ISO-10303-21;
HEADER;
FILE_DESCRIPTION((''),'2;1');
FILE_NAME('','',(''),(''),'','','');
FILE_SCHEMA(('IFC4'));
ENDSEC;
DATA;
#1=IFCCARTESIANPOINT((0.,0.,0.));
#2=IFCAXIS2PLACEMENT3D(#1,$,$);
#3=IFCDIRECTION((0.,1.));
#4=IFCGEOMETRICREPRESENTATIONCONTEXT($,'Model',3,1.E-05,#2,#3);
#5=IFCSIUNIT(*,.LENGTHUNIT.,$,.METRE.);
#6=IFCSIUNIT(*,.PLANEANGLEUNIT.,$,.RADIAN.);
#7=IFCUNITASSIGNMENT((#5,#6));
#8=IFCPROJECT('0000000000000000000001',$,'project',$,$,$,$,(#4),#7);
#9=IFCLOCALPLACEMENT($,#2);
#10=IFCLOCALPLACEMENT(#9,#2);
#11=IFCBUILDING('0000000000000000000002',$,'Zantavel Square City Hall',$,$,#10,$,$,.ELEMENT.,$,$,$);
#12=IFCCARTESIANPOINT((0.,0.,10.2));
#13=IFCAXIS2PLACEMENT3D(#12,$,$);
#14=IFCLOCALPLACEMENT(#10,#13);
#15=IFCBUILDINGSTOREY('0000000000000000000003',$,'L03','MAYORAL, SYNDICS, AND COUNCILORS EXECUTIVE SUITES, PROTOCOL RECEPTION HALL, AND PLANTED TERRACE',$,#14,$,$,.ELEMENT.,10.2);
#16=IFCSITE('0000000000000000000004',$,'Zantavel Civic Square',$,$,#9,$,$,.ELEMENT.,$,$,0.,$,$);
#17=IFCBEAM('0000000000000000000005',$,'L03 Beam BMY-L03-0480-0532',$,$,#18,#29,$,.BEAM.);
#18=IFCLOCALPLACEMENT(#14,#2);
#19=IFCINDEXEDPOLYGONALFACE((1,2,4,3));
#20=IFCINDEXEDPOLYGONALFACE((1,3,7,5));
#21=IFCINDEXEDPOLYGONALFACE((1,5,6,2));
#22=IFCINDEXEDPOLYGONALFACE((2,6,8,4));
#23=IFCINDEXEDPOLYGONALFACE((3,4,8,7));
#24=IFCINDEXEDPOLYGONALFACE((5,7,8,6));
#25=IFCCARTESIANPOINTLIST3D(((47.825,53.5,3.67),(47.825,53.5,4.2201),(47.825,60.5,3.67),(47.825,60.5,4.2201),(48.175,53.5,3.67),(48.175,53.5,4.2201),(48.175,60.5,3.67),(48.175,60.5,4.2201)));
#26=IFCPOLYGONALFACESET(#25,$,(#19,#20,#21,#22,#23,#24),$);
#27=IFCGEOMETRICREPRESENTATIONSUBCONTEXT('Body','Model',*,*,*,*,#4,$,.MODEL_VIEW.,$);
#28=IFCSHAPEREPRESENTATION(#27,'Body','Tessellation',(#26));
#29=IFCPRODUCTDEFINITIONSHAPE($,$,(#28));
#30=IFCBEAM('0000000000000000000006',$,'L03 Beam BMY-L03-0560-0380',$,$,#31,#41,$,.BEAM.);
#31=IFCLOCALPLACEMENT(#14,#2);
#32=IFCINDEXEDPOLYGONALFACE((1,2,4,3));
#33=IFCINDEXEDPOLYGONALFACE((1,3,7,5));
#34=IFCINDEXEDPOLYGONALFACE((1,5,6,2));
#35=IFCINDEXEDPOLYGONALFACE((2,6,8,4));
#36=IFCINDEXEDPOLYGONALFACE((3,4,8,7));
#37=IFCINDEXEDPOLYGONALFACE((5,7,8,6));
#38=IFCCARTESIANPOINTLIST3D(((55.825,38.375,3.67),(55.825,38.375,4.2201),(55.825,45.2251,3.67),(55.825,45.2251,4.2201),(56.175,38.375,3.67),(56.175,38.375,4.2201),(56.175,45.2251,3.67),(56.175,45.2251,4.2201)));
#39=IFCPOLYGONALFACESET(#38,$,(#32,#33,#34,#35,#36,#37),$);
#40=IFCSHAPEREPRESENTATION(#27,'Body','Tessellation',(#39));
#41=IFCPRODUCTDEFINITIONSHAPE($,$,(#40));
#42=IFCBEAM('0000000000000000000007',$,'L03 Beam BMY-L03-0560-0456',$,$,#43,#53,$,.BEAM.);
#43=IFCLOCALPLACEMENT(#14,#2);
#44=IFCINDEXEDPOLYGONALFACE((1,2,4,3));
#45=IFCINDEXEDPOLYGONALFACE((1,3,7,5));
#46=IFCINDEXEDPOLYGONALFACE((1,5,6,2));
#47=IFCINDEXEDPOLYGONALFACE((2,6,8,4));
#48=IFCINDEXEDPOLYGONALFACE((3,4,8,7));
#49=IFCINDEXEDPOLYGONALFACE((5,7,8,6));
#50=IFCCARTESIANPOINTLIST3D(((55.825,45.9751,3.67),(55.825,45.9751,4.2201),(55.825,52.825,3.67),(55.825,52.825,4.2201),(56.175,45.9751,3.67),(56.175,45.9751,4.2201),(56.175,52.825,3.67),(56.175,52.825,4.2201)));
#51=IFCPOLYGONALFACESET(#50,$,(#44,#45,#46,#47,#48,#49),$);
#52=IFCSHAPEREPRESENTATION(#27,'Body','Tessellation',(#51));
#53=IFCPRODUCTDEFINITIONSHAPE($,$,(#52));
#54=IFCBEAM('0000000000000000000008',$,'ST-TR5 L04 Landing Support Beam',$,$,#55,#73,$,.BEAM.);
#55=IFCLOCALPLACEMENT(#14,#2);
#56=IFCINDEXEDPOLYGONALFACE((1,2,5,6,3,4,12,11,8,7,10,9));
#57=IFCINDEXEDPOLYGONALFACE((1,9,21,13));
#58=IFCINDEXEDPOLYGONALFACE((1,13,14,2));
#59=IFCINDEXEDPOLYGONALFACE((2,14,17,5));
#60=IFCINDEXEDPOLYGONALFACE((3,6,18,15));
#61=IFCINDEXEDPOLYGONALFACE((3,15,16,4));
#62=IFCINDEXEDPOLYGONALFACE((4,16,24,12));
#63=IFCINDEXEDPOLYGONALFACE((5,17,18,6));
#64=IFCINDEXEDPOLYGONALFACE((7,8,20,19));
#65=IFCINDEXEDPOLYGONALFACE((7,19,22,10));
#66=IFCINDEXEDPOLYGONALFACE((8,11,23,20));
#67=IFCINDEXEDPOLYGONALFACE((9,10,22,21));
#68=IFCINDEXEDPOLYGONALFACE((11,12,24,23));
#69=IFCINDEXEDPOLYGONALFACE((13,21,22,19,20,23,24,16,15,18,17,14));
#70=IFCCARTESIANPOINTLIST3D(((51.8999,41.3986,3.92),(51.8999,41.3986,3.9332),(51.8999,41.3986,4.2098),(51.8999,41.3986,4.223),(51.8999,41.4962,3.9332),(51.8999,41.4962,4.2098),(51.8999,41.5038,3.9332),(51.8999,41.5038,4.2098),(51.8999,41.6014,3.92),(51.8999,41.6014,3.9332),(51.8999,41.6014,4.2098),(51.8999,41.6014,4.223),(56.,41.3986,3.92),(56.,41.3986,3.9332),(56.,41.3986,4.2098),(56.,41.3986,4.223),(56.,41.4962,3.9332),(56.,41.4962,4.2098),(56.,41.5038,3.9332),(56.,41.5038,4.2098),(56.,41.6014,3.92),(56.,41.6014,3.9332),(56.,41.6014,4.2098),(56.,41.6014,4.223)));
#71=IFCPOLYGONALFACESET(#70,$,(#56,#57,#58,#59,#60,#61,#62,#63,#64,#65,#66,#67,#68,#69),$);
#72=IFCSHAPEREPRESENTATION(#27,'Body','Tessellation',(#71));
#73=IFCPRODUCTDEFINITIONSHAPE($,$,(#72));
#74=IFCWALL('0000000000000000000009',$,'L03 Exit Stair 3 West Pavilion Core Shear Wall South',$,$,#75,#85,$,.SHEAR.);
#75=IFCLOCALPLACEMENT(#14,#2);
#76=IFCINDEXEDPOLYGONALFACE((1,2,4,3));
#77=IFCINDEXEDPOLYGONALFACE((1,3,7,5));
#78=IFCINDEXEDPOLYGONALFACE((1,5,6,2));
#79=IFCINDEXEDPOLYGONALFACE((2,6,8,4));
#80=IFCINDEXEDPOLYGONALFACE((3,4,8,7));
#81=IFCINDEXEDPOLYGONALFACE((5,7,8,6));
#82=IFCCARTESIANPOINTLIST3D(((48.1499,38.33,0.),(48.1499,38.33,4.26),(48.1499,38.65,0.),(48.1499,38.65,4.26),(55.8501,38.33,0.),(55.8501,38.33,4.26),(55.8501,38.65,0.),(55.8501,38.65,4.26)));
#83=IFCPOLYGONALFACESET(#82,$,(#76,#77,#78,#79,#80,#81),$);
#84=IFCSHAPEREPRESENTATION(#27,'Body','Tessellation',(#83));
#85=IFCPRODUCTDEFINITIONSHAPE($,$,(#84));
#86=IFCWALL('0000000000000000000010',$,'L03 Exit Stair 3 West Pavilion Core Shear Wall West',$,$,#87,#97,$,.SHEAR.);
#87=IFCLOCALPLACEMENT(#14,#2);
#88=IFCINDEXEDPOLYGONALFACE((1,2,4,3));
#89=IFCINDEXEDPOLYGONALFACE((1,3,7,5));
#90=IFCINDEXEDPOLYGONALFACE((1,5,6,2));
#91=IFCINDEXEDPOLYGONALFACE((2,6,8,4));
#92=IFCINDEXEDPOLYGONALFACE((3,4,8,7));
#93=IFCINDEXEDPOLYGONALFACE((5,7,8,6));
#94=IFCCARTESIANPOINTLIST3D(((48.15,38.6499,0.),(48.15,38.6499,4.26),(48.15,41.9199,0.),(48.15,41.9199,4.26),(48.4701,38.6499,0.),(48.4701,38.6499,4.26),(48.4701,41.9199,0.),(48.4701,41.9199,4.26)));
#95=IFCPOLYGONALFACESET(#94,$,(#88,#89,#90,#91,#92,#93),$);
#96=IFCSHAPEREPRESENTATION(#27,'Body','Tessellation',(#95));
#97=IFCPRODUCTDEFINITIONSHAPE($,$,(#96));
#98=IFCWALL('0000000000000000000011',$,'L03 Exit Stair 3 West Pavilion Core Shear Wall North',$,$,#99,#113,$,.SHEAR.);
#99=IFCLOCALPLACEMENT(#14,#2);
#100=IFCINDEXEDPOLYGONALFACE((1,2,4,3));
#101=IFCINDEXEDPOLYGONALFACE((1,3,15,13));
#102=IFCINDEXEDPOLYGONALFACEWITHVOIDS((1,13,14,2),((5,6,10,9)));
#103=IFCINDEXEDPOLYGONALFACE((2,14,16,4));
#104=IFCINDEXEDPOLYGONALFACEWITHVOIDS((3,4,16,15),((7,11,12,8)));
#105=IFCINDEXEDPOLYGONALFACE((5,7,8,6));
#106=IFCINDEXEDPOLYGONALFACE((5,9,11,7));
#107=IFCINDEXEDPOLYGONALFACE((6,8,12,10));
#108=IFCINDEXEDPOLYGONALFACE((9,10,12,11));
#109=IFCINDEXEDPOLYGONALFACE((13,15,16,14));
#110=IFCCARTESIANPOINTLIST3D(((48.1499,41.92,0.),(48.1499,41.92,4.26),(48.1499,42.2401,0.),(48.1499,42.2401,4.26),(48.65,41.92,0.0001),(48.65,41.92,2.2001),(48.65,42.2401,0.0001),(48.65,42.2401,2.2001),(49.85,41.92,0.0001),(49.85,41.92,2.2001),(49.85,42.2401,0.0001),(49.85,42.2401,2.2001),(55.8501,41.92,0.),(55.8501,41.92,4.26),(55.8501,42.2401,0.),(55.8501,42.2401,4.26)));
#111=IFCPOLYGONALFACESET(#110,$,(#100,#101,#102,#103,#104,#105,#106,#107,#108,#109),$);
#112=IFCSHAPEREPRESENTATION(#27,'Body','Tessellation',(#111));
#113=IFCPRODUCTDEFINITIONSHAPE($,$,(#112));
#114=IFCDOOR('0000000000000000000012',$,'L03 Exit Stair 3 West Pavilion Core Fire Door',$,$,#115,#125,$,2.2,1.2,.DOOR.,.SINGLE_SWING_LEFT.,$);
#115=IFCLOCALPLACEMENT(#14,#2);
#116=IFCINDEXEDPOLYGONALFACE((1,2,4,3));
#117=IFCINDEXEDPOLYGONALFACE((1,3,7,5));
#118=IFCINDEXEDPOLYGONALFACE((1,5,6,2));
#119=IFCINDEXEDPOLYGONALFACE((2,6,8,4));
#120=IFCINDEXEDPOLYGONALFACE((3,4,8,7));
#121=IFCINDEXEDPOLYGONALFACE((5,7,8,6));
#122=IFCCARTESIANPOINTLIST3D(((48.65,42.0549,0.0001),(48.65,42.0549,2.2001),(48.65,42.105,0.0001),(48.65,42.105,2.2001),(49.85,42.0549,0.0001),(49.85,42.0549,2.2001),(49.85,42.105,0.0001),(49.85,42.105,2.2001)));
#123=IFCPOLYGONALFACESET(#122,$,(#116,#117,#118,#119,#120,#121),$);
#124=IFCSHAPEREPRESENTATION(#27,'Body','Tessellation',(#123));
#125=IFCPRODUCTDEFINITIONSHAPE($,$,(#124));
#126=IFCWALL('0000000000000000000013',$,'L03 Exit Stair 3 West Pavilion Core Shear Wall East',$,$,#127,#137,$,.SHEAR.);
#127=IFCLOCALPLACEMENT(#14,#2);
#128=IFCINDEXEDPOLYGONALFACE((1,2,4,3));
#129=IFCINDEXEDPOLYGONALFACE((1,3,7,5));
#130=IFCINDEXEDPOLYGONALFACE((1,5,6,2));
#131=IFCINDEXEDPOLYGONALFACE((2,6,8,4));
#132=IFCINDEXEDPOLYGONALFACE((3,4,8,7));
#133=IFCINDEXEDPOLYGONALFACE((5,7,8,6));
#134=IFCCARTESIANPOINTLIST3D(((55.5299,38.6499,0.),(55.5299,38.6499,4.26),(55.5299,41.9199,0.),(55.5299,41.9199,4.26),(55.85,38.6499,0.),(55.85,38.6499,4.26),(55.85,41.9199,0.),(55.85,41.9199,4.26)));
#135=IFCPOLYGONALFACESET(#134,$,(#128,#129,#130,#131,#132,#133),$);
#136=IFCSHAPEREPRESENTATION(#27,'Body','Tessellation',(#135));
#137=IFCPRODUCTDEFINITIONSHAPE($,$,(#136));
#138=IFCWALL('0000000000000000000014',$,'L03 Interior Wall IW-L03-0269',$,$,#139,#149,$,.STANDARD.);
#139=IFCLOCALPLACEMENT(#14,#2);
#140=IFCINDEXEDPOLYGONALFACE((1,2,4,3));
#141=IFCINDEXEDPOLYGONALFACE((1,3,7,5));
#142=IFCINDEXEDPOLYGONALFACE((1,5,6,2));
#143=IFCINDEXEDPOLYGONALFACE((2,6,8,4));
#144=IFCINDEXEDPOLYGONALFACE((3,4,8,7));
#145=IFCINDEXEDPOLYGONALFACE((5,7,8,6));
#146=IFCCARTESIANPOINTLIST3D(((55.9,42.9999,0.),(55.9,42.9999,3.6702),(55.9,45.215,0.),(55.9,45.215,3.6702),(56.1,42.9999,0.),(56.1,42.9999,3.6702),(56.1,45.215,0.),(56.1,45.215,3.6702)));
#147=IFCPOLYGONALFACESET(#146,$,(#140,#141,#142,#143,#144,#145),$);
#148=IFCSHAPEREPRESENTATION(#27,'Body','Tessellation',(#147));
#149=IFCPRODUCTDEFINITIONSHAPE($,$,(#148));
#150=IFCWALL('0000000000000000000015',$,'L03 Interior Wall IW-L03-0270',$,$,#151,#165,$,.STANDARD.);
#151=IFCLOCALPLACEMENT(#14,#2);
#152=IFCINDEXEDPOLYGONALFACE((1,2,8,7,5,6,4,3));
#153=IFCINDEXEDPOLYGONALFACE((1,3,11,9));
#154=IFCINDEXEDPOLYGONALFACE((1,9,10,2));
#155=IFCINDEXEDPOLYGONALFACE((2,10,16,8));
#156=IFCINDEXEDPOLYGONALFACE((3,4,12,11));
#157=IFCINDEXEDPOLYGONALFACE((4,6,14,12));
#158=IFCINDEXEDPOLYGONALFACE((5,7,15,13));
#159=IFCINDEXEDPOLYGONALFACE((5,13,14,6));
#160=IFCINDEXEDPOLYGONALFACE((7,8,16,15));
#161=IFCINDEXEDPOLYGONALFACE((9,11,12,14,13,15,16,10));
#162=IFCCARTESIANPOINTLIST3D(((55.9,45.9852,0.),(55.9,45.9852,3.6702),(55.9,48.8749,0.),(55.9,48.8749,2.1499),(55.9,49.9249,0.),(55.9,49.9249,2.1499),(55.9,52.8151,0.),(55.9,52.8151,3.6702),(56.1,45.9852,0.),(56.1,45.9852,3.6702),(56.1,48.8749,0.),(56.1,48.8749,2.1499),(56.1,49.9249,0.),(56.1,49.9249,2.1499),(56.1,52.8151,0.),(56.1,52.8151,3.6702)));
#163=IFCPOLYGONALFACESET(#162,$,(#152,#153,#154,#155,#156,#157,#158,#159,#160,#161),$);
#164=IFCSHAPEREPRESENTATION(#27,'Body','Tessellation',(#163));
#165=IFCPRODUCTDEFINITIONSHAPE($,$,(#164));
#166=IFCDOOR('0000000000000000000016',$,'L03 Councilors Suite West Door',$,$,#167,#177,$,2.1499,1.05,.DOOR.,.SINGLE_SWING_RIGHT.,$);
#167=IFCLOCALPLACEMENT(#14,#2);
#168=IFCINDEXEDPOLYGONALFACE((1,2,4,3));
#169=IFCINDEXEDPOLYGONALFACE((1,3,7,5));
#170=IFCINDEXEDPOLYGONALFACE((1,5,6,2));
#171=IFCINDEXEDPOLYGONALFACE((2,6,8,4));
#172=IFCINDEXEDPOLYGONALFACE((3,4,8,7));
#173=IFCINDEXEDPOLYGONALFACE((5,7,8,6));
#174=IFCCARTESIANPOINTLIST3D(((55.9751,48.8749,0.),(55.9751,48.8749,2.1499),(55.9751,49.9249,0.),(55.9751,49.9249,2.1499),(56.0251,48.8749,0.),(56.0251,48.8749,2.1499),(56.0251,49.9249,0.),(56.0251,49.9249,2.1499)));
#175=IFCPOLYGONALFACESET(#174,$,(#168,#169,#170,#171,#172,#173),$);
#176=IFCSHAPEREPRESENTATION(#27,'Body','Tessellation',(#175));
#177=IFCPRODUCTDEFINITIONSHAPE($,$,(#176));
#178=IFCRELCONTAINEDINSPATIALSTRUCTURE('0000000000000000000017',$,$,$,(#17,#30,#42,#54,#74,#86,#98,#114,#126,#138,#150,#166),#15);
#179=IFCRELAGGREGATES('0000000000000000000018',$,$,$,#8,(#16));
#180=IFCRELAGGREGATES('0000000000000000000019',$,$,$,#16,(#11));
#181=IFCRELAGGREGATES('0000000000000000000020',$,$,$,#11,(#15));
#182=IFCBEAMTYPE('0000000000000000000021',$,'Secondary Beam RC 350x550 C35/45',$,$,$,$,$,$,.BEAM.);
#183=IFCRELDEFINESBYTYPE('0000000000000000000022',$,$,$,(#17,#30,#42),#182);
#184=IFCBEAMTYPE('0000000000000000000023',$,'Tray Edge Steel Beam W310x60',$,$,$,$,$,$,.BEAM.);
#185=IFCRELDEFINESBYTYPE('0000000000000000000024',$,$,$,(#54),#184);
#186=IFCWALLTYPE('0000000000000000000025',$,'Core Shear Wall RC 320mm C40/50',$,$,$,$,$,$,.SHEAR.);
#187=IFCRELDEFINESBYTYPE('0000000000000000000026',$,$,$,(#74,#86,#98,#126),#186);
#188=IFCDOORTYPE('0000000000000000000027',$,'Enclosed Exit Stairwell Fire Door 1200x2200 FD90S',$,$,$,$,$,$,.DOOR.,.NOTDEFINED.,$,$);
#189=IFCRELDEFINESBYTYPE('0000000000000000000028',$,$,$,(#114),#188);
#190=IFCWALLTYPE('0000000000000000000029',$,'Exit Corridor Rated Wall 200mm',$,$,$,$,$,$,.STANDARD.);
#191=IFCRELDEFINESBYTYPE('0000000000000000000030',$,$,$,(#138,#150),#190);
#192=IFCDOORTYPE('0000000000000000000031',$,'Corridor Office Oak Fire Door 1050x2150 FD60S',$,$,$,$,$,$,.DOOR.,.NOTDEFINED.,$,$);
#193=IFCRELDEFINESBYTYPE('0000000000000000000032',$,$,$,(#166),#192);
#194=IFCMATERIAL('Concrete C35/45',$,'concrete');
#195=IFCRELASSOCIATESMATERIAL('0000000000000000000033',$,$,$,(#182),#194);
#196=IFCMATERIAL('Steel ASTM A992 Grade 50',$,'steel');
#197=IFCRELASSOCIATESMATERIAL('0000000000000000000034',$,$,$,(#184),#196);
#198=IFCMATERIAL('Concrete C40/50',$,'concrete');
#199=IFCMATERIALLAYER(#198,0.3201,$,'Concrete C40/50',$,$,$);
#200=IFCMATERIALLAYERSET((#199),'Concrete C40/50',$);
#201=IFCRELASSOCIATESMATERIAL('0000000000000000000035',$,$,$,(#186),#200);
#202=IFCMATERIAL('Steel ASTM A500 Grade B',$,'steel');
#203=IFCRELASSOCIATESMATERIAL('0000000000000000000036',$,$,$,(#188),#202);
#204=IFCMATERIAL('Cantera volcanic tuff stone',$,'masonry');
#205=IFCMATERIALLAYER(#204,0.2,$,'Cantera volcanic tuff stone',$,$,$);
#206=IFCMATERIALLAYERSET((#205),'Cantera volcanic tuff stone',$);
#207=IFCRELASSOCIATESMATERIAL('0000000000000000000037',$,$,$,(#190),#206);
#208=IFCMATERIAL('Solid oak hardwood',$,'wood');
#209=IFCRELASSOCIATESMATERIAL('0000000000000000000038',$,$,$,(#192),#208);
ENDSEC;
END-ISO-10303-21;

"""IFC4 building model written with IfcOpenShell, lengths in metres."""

from ifc_helpers import new_model, si_unit, direction, frame, frame_2d, origin, origin_2d, place, context, subcontext, project, spatial, rectangle, i_section, extrude, material, layer, layer_set, material_profile, profile_set, type_object, element, fill, save


model = new_model("IFC4")

# Units and contexts
model_context = context("Model", 3, precision=1e-05, world=origin(), true_north=direction((0.0, 1.0)))
body_context = subcontext(model_context, "Body", "Model", "MODEL_VIEW")
ifc_project = project(units=[si_unit("LENGTHUNIT", "METRE"), si_unit("PLANEANGLEUNIT", "RADIAN")], contexts=[model_context])

# Site, building, storey
site_placement = place(None, origin())
site = spatial("IfcSite", under=ifc_project, at=site_placement, Name="Zantavel Civic Square", CompositionType="ELEMENT", RefElevation=0.0)
building_placement = place(site_placement, origin())
building = spatial("IfcBuilding", under=site, at=building_placement, Name="Zantavel Square City Hall", CompositionType="ELEMENT")
storey_placement = place(building_placement, frame((0.0, 0.0, 10.2)))
storey = spatial("IfcBuildingStorey", under=building, at=storey_placement, Name="L03", Description="MAYORAL, SYNDICS, AND COUNCILORS EXECUTIVE SUITES, PROTOCOL RECEPTION HALL, AND PLANTED TERRACE", CompositionType="ELEMENT", Elevation=10.2)

# Shared definitions
ifc_material_1 = material(Name="Concrete C40/50", Category="concrete")

# Beams
ifc_material_2 = material(Name="Concrete C35/45", Category="concrete")
ifc_material_profile_1 = material_profile(ifc_material_2, rectangle(XDim=0.3501, YDim=0.55, at=origin_2d()), Name="RC 350x550")
ifc_profile_set_1 = profile_set([ifc_material_profile_1], Name="Concrete C35/45")
beam_type_1 = type_object("IfcBeamType", Name="Secondary Beam RC 350x550 C35/45", PredefinedType="BEAM", material=ifc_profile_set_1)
beam_1_placement = place(storey_placement, frame((48.0, 53.5, 3.9451), z_axis=(0.0, 1.0, 0.0), x_axis=(-1.0, 0.0, 0.0)))
element("IfcBeam", 1, at=beam_1_placement, inside=storey, type_object=beam_type_1, Name="L03 Beam BMY-L03-0480-0532", PredefinedType="BEAM", context=body_context, shape_type="SweptSolid", body=[
    extrude(rectangle(XDim=0.3501, YDim=0.55, at=origin_2d()), origin(), (0.0, 0.0, 1.0), 7.0),
])
beam_2_placement = place(storey_placement, frame((56.0, 38.375, 3.9451), z_axis=(0.0, 1.0, 0.0), x_axis=(-1.0, 0.0, 0.0)))
element("IfcBeam", 2, at=beam_2_placement, inside=storey, type_object=beam_type_1, Name="L03 Beam BMY-L03-0560-0380", PredefinedType="BEAM", context=body_context, shape_type="SweptSolid", body=[
    extrude(rectangle(XDim=0.3501, YDim=0.55, at=origin_2d()), origin(), (0.0, 0.0, 1.0), 6.8501),
])
beam_3_placement = place(storey_placement, frame((56.0, 45.9751, 3.9451), z_axis=(0.0, 1.0, 0.0), x_axis=(-1.0, 0.0, 0.0)))
element("IfcBeam", 3, at=beam_3_placement, inside=storey, type_object=beam_type_1, Name="L03 Beam BMY-L03-0560-0456", PredefinedType="BEAM", context=body_context, shape_type="SweptSolid", body=[
    extrude(rectangle(XDim=0.3501, YDim=0.55, at=origin_2d()), origin(), (0.0, 0.0, 1.0), 6.8499),
])
ifc_material_3 = material(Name="Steel ASTM A992 Grade 50", Category="steel")
ifc_material_profile_2 = material_profile(ifc_material_3, i_section(OverallWidth=0.2029, OverallDepth=0.303, WebThickness=0.0076, FlangeThickness=0.0132, at=origin_2d()), Name="W310x60")
ifc_profile_set_2 = profile_set([ifc_material_profile_2], Name="Steel ASTM A992 Grade 50")
beam_type_2 = type_object("IfcBeamType", Name="Tray Edge Steel Beam W310x60", PredefinedType="BEAM", material=ifc_profile_set_2)
beam_4_placement = place(storey_placement, frame((56.0, 41.5, 4.0715), z_axis=(-1.0, 0.0, 0.0), x_axis=(0.0, -1.0, 0.0)))
element("IfcBeam", 4, at=beam_4_placement, inside=storey, type_object=beam_type_2, Name="ST-TR5 L04 Landing Support Beam", PredefinedType="BEAM", context=body_context, shape_type="SweptSolid", body=[
    extrude(i_section(OverallWidth=0.2029, OverallDepth=0.303, WebThickness=0.0076, FlangeThickness=0.0132, at=origin_2d()), origin(), (0.0, 0.0, 1.0), 4.1001),
])

# Walls
ifc_layer_1 = layer(ifc_material_1, 0.3201, Name="Concrete C40/50")
ifc_layer_set_1 = layer_set([ifc_layer_1], Name="Concrete C40/50")
wall_type_1 = type_object("IfcWallType", Name="Core Shear Wall RC 320mm C40/50", PredefinedType="SHEAR", material=ifc_layer_set_1)
wall_1_placement = place(storey_placement, frame((55.8501, 38.49, 0.0), z_axis=(0.0, 0.0, 1.0), x_axis=(-1.0, 0.0, 0.0)))
element("IfcWall", 5, at=wall_1_placement, inside=storey, type_object=wall_type_1, Name="L03 Exit Stair 3 West Pavilion Core Shear Wall South", PredefinedType="SHEAR", context=body_context, shape_type="SweptSolid", body=[
    extrude(rectangle(XDim=7.7002, YDim=0.3201, at=frame_2d((3.8501, 0.0))), origin(), (0.0, 0.0, 1.0), 4.26),
])
wall_2_placement = place(storey_placement, frame((48.3101, 38.6499, 0.0), z_axis=(0.0, 0.0, 1.0), x_axis=(0.0, 1.0, 0.0)))
element("IfcWall", 6, at=wall_2_placement, inside=storey, type_object=wall_type_1, Name="L03 Exit Stair 3 West Pavilion Core Shear Wall West", PredefinedType="SHEAR", context=body_context, shape_type="SweptSolid", body=[
    extrude(rectangle(XDim=3.27, YDim=0.3201, at=frame_2d((1.635, 0.0))), origin(), (0.0, 0.0, 1.0), 4.26),
])

# Wall, opening, door
wall_3_placement = place(storey_placement, frame((48.1499, 42.0801, 0.0), z_axis=(0.0, 0.0, 1.0), x_axis=(1.0, 0.0, 0.0)))
wall_3 = element("IfcWall", 7, at=wall_3_placement, inside=storey, type_object=wall_type_1, Name="L03 Exit Stair 3 West Pavilion Core Shear Wall North", PredefinedType="SHEAR", context=body_context, shape_type="SweptSolid", body=[
    extrude(rectangle(XDim=7.7002, YDim=0.3201, at=frame_2d((3.8501, 0.0))), origin(), (0.0, 0.0, 1.0), 4.26),
])
opening_1_placement = place(wall_3_placement, frame((0.5, 0.0, 0.0)))
opening_1 = element("IfcOpeningElement", 8, at=opening_1_placement, cuts=wall_3, PredefinedType="OPENING", context=body_context, shape_type="SweptSolid", body=[
    extrude(rectangle(XDim=1.2, YDim=2.2, at=frame_2d((0.6001, 1.1001))), frame((0.0, 0.1699, 0.0), z_axis=(0.0, -1.0, 0.0), x_axis=(1.0, 0.0, 0.0)), (0.0, 0.0, 1.0), 0.3401),
])
ifc_material_4 = material(Name="Steel ASTM A500 Grade B", Category="steel")
door_type_1 = type_object("IfcDoorType", Name="Enclosed Exit Stairwell Fire Door 1200x2200 FD90S", OperationType="NOTDEFINED", PredefinedType="DOOR", material=ifc_material_4)
door_1_placement = place(opening_1_placement, origin())
door_1 = element("IfcDoor", 9, at=door_1_placement, inside=storey, type_object=door_type_1, Name="L03 Exit Stair 3 West Pavilion Core Fire Door", OperationType="SINGLE_SWING_LEFT", OverallHeight=2.2, OverallWidth=1.2, PredefinedType="DOOR", context=body_context, shape_type="SweptSolid", body=[
    extrude(rectangle(XDim=1.2, YDim=2.2, at=frame_2d((0.6001, 1.1001))), frame((0.0, 0.0249, 0.0), z_axis=(0.0, -1.0, 0.0), x_axis=(1.0, 0.0, 0.0)), (0.0, 0.0, 1.0), 0.05),
])
fill(opening_1, door_1)

# Walls
wall_4_placement = place(storey_placement, frame((55.6899, 41.9199, 0.0), z_axis=(0.0, 0.0, 1.0), x_axis=(0.0, -1.0, 0.0)))
element("IfcWall", 10, at=wall_4_placement, inside=storey, type_object=wall_type_1, Name="L03 Exit Stair 3 West Pavilion Core Shear Wall East", PredefinedType="SHEAR", context=body_context, shape_type="SweptSolid", body=[
    extrude(rectangle(XDim=3.27, YDim=0.3201, at=frame_2d((1.635, 0.0))), origin(), (0.0, 0.0, 1.0), 4.26),
])
ifc_material_5 = material(Name="Cantera volcanic tuff stone", Category="masonry")
ifc_layer_2 = layer(ifc_material_5, 0.2, Name="Cantera volcanic tuff stone")
ifc_layer_set_2 = layer_set([ifc_layer_2], Name="Cantera volcanic tuff stone")
wall_type_2 = type_object("IfcWallType", Name="Exit Corridor Rated Wall 200mm", PredefinedType="STANDARD", material=ifc_layer_set_2)
wall_5_placement = place(storey_placement, frame((56.0, 43.0, 0.0), z_axis=(0.0, 0.0, 1.0), x_axis=(0.0, 1.0, 0.0)))
element("IfcWall", 11, at=wall_5_placement, inside=storey, type_object=wall_type_2, Name="L03 Interior Wall IW-L03-0269", PredefinedType="STANDARD", context=body_context, shape_type="SweptSolid", body=[
    extrude(rectangle(XDim=2.2151, YDim=0.2, at=frame_2d((1.1074, 0.0))), origin(), (0.0, 0.0, 1.0), 3.6702),
])

# Wall, opening, door
wall_6_placement = place(storey_placement, frame((56.0, 45.9851, 0.0), z_axis=(0.0, 0.0, 1.0), x_axis=(0.0, 1.0, 0.0)))
wall_6 = element("IfcWall", 12, at=wall_6_placement, inside=storey, type_object=wall_type_2, Name="L03 Interior Wall IW-L03-0270", PredefinedType="STANDARD", context=body_context, shape_type="SweptSolid", body=[
    extrude(rectangle(XDim=6.8298, YDim=0.2, at=frame_2d((3.415, 0.0))), origin(), (0.0, 0.0, 1.0), 3.6702),
])
opening_2_placement = place(wall_6_placement, frame((2.8899, 0.0, 0.0)))
opening_2 = element("IfcOpeningElement", 13, at=opening_2_placement, cuts=wall_6, PredefinedType="OPENING", context=body_context, shape_type="SweptSolid", body=[
    extrude(rectangle(XDim=1.05, YDim=2.1499, at=frame_2d((0.5249, 1.075))), frame((0.0, 0.1099, 0.0), z_axis=(0.0, -1.0, 0.0), x_axis=(1.0, 0.0, 0.0)), (0.0, 0.0, 1.0), 0.22),
])
ifc_material_6 = material(Name="Solid oak hardwood", Category="wood")
door_type_2 = type_object("IfcDoorType", Name="Corridor Office Oak Fire Door 1050x2150 FD60S", OperationType="NOTDEFINED", PredefinedType="DOOR", material=ifc_material_6)
door_2_placement = place(opening_2_placement, origin())
door_2 = element("IfcDoor", 14, at=door_2_placement, inside=storey, type_object=door_type_2, Name="L03 Councilors Suite West Door", OperationType="SINGLE_SWING_RIGHT", OverallHeight=2.1499, OverallWidth=1.05, PredefinedType="DOOR", context=body_context, shape_type="SweptSolid", body=[
    extrude(rectangle(XDim=1.05, YDim=2.1499, at=frame_2d((0.5249, 1.075))), frame((0.0, 0.0249, 0.0), z_axis=(0.0, -1.0, 0.0), x_axis=(1.0, 0.0, 0.0)), (0.0, 0.0, 1.0), 0.05),
])
fill(opening_2, door_2)

save(model, "model.ifc")
